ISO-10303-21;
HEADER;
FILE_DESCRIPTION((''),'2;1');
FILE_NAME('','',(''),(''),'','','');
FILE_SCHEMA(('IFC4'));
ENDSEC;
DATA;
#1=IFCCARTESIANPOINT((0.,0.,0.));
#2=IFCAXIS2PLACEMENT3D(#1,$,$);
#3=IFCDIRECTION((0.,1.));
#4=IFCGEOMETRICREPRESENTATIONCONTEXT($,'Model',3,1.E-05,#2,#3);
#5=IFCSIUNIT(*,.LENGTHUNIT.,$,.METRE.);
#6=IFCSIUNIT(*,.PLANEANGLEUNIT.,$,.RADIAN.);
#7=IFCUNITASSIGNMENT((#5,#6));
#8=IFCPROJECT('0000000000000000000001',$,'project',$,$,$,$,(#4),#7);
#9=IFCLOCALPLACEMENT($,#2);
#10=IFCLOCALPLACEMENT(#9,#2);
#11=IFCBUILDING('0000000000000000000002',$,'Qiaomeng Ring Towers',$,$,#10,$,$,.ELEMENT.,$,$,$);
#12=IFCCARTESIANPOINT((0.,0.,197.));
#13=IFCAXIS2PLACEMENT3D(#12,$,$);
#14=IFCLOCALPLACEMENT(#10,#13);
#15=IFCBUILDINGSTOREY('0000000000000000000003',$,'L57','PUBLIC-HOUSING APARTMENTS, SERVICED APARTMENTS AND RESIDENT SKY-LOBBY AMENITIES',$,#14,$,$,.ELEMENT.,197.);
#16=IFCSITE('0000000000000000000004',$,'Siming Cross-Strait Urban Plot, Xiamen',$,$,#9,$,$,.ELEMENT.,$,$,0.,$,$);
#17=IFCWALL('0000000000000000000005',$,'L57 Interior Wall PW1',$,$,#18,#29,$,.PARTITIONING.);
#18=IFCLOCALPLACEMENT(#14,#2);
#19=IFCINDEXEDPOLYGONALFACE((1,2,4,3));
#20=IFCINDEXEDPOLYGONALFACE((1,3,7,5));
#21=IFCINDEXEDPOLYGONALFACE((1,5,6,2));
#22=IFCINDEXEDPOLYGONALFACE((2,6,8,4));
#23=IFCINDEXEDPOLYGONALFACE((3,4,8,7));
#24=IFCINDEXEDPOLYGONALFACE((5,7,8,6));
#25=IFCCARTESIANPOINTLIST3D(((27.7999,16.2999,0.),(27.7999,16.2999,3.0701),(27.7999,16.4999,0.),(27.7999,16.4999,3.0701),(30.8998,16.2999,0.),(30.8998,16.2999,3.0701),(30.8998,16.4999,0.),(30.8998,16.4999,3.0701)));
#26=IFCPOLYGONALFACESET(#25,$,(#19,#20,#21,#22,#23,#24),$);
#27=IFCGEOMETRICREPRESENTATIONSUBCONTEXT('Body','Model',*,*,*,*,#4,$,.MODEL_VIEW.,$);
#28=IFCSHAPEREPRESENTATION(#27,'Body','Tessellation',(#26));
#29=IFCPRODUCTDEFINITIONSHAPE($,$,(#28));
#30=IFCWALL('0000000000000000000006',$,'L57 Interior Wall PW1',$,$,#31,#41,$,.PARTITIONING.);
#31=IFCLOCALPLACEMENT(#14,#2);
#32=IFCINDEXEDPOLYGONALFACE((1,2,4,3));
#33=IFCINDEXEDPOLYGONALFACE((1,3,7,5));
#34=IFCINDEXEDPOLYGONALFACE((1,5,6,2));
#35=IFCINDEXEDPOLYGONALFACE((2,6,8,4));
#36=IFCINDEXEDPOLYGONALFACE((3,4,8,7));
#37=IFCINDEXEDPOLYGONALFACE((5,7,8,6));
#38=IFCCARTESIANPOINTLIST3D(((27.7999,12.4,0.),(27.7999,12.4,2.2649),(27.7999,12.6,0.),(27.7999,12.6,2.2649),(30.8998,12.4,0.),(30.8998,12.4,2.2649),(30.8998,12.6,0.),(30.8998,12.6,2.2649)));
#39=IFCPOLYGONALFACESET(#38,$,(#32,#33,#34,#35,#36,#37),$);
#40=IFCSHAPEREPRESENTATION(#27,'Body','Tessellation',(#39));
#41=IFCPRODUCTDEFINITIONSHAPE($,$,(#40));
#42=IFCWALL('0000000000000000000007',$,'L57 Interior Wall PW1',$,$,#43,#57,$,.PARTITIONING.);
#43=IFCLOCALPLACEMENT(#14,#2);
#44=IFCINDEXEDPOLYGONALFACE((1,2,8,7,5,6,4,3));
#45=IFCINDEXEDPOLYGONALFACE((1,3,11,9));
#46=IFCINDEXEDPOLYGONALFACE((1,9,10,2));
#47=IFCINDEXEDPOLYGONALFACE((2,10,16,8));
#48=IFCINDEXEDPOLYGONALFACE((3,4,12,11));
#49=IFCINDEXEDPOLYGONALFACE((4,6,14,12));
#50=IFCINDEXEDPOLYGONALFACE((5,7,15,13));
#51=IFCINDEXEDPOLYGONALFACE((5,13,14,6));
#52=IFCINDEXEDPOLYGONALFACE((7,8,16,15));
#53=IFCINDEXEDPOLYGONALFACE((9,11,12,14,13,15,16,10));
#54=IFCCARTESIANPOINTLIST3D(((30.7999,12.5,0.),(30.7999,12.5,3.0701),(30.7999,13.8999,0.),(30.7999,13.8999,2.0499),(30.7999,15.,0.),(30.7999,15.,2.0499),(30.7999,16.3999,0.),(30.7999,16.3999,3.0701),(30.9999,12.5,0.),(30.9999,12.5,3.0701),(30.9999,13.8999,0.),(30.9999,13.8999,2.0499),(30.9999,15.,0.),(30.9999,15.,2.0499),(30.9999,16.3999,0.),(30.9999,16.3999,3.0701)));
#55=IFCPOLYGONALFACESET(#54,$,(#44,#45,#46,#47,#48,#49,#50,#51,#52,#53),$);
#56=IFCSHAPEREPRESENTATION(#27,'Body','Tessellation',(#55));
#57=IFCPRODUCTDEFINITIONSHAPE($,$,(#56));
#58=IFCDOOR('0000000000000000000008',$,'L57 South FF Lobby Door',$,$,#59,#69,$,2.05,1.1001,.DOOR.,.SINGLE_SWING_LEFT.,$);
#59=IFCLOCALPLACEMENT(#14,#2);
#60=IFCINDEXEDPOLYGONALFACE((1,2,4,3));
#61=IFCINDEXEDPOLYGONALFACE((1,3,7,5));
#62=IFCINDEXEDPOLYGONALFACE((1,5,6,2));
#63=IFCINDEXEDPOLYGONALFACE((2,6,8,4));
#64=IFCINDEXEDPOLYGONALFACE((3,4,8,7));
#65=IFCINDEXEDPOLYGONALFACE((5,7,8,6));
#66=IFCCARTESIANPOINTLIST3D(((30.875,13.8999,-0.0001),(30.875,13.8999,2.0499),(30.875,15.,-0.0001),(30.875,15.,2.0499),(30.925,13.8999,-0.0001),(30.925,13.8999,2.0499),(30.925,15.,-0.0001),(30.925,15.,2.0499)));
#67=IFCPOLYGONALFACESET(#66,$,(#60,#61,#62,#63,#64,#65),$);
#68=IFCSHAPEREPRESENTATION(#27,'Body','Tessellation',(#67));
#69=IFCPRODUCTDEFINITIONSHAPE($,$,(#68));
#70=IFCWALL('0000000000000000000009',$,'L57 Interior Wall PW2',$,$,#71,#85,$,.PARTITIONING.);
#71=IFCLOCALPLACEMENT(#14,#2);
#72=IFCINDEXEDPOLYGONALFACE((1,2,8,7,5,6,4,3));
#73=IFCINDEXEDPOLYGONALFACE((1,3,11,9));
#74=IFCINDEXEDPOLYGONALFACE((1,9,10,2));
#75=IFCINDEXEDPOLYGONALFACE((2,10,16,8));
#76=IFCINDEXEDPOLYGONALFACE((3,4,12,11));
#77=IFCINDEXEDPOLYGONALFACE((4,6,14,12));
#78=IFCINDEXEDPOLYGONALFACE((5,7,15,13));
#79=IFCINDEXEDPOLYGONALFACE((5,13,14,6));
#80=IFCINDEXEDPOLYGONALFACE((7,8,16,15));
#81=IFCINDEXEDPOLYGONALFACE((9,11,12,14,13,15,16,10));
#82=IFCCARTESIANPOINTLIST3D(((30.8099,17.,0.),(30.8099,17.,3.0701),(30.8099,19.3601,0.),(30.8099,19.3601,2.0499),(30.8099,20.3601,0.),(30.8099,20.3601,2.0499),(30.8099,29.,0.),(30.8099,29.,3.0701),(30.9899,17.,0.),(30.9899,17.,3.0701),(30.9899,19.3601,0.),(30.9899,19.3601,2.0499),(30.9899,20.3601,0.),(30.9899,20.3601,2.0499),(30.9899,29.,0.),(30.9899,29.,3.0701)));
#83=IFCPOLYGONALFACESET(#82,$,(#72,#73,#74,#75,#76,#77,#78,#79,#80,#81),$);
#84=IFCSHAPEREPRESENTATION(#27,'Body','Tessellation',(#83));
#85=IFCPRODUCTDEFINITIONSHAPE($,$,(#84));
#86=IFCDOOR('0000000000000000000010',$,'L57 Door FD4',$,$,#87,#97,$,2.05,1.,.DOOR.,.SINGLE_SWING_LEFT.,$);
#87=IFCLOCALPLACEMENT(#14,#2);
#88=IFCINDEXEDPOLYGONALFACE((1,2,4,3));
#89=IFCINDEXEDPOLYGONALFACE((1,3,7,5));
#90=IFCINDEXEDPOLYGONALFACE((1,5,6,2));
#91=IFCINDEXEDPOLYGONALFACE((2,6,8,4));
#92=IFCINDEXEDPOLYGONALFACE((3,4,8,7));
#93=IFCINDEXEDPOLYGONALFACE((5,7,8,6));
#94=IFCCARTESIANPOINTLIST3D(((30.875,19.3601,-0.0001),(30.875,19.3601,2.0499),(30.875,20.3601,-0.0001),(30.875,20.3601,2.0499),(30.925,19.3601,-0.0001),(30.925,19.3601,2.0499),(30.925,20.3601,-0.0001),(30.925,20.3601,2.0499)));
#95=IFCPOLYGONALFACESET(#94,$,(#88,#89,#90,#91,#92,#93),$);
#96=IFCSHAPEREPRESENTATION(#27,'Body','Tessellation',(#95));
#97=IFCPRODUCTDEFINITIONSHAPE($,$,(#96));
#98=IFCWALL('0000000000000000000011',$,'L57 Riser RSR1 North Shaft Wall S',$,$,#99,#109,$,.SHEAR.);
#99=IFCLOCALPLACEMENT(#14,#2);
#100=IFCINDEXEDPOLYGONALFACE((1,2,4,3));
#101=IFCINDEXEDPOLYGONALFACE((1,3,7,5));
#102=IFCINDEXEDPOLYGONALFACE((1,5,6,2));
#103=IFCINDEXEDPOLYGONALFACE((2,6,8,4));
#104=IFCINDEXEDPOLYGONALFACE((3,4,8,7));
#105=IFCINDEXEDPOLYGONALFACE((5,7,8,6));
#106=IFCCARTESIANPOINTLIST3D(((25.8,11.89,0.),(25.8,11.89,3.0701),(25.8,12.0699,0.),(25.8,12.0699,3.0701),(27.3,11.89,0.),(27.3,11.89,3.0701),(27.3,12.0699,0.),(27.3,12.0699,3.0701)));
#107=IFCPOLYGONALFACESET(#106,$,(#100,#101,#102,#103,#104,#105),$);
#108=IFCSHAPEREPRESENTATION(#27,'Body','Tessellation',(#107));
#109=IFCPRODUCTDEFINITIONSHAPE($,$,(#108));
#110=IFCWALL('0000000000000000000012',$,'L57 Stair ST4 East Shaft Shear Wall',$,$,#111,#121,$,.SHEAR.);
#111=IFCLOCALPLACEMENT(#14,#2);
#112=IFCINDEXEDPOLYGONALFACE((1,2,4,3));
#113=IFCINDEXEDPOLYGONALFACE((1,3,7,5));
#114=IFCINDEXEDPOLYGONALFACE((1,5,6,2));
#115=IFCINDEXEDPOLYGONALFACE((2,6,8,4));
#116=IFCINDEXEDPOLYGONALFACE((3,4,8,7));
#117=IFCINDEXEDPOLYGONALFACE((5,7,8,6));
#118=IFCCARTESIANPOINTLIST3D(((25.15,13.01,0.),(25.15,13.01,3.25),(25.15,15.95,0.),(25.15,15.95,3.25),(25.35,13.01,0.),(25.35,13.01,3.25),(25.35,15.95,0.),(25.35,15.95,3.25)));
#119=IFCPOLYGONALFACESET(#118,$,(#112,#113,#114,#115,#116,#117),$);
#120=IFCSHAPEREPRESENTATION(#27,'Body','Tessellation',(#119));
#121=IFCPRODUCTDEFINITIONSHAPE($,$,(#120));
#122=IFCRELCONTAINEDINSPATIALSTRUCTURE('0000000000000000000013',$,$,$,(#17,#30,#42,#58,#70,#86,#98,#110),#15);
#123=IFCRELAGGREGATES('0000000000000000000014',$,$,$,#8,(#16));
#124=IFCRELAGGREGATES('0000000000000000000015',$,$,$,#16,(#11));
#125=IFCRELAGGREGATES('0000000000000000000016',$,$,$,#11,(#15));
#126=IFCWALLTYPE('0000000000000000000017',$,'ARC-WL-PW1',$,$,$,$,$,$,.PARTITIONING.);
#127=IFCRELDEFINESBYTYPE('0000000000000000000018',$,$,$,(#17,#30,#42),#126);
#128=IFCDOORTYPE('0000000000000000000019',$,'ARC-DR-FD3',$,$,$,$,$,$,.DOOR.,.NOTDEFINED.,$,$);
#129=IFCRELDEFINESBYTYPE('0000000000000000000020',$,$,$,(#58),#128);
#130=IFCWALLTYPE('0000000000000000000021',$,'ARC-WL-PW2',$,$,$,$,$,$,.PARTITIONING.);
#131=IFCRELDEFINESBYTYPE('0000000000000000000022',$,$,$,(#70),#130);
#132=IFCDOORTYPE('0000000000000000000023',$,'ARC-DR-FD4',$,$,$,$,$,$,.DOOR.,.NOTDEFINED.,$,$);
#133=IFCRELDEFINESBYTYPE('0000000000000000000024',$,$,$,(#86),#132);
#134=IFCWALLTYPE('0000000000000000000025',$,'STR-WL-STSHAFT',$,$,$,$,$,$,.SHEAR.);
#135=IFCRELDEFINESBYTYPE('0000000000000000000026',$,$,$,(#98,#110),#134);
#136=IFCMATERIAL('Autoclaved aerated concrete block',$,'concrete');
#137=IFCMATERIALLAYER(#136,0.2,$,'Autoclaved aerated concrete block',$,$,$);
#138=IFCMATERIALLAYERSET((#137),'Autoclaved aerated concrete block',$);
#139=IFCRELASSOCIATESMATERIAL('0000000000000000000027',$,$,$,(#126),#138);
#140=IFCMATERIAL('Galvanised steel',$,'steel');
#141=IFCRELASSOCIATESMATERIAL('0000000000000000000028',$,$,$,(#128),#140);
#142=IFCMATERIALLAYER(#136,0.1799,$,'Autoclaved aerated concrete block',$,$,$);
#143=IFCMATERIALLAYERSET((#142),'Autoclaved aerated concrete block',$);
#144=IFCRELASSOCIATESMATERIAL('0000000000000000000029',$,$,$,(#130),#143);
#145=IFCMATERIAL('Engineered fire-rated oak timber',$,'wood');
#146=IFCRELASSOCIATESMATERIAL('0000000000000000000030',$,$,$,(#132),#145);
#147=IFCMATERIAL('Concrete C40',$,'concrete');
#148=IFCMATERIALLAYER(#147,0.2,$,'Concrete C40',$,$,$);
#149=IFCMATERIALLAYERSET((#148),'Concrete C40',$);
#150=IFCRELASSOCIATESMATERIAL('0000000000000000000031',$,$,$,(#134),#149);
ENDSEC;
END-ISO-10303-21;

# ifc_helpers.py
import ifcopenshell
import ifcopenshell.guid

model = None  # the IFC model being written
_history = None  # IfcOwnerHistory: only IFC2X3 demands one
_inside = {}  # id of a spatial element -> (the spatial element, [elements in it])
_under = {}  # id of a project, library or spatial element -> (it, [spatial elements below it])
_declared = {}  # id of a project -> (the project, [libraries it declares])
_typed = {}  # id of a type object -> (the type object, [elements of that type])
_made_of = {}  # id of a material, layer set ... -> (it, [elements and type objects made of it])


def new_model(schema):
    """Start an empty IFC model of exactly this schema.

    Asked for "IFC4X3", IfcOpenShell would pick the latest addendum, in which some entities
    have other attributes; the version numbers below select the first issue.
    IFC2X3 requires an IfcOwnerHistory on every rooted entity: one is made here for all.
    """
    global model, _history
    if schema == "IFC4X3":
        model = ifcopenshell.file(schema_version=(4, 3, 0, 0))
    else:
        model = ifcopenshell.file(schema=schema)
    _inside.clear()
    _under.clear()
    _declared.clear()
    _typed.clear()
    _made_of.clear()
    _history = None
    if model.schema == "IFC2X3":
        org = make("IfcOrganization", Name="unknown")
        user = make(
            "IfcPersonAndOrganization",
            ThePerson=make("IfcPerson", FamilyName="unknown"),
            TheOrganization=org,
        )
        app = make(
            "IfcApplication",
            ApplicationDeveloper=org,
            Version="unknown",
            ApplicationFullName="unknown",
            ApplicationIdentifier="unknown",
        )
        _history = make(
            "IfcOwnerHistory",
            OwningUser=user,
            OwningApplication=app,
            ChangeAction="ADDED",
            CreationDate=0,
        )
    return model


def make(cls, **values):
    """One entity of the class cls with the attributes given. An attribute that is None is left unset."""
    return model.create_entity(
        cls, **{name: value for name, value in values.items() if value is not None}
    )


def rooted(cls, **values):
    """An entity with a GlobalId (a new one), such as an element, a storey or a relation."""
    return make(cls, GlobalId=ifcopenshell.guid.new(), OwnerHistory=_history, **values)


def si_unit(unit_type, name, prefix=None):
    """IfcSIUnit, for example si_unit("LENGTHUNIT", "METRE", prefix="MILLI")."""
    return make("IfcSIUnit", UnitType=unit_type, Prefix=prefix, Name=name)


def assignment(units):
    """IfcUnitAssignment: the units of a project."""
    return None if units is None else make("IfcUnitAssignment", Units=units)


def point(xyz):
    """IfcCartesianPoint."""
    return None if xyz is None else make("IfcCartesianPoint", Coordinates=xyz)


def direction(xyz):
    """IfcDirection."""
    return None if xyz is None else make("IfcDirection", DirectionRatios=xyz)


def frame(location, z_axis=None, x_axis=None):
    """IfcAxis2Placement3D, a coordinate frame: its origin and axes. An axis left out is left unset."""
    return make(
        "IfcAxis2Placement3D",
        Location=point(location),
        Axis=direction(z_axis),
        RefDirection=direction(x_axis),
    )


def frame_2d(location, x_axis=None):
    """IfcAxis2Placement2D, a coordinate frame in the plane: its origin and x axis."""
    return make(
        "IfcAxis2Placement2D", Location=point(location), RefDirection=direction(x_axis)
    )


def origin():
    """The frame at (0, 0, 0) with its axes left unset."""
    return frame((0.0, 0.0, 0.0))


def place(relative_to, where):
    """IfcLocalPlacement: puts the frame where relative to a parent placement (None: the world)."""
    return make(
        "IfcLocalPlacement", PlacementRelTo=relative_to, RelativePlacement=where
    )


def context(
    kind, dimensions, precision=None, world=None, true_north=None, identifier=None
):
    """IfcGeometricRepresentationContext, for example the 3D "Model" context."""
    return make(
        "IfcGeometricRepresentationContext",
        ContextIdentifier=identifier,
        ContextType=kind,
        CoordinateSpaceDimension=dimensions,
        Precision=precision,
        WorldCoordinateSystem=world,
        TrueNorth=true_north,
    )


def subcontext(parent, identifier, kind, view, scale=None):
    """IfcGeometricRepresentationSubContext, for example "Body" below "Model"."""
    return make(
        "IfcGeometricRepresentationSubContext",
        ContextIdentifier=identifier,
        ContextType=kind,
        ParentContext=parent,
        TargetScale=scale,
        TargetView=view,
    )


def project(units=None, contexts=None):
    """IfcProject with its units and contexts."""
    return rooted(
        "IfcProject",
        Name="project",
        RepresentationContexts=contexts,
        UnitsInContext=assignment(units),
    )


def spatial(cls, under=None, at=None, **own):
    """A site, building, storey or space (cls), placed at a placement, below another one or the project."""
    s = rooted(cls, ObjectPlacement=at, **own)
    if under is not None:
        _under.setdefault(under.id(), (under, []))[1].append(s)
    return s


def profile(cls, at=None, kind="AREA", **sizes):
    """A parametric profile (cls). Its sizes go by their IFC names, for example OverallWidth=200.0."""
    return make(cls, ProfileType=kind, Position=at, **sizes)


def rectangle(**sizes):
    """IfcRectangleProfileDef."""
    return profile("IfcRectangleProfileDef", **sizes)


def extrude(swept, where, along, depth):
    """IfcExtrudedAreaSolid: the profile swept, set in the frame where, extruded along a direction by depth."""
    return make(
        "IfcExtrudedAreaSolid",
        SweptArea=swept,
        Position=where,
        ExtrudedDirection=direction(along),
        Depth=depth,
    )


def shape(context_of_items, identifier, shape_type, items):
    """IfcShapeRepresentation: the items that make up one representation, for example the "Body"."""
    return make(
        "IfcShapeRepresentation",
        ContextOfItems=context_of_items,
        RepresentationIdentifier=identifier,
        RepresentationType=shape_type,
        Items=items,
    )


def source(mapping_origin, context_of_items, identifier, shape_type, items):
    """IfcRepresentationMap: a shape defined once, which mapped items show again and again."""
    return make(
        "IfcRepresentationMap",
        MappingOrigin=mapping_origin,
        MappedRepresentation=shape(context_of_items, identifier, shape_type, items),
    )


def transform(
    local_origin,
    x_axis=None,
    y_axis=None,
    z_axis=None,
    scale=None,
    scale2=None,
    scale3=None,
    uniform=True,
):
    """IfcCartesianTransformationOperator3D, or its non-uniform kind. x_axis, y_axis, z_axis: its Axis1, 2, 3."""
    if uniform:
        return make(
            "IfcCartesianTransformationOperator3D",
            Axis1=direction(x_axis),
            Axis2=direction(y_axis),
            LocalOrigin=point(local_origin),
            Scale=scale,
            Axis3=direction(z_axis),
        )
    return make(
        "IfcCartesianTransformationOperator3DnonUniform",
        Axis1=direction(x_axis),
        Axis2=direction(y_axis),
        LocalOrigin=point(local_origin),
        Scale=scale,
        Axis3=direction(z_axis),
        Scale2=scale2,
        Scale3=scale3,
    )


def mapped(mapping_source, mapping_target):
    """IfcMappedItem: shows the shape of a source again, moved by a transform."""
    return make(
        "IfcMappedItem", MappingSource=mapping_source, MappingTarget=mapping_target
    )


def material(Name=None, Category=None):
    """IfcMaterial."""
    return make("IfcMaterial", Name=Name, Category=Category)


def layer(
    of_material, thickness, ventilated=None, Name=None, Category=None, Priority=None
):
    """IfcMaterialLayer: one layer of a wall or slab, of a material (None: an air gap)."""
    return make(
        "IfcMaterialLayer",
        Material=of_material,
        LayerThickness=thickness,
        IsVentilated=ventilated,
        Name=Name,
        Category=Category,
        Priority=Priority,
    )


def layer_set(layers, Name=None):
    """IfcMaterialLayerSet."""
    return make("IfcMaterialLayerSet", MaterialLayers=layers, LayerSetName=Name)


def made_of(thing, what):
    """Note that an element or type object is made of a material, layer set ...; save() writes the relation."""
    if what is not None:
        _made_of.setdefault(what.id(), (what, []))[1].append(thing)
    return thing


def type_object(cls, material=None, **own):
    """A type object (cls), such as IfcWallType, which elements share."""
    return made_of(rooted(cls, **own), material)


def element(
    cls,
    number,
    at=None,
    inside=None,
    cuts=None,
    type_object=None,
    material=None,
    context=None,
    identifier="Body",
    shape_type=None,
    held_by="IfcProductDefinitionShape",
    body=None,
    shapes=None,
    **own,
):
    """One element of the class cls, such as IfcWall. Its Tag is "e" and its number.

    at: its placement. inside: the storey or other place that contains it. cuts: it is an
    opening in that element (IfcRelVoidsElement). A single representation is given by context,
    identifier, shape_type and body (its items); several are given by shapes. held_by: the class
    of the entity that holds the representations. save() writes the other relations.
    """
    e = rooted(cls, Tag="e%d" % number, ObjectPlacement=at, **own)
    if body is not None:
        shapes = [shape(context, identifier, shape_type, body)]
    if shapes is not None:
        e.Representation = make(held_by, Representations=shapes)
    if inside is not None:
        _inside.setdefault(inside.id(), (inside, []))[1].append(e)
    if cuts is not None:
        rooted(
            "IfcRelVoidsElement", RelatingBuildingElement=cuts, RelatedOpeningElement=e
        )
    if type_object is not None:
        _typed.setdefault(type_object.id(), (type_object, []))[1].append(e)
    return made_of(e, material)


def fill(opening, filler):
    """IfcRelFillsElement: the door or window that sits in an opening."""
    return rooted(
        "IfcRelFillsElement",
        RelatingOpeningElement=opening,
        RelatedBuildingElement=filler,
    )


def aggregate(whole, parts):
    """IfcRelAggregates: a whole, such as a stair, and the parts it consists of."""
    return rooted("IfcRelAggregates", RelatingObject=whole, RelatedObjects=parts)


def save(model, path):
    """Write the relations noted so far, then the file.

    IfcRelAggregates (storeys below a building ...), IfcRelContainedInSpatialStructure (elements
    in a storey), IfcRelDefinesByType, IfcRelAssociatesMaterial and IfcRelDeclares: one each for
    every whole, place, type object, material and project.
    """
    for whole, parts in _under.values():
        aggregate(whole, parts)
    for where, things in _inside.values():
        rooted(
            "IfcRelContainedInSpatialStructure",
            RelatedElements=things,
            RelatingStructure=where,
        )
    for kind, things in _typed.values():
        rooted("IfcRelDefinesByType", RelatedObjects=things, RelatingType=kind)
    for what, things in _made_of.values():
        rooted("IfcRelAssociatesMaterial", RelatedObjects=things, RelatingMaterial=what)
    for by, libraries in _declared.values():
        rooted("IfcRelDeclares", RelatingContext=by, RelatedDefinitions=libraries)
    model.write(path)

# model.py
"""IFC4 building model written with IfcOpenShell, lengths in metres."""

from ifc_helpers import new_model, si_unit, direction, frame, frame_2d, origin, place, context, subcontext, project, spatial, rectangle, extrude, source, transform, mapped, material, layer, layer_set, type_object, element, fill, save


model = new_model("IFC4")

# Units and contexts
model_context = context("Model", 3, precision=1e-05, world=origin(), true_north=direction((0.0, 1.0)))
body_context = subcontext(model_context, "Body", "Model", "MODEL_VIEW")
ifc_project = project(units=[si_unit("LENGTHUNIT", "METRE"), si_unit("PLANEANGLEUNIT", "RADIAN")], contexts=[model_context])

# Site, building, storey
site_placement = place(None, origin())
site = spatial("IfcSite", under=ifc_project, at=site_placement, Name="Siming Cross-Strait Urban Plot, Xiamen", CompositionType="ELEMENT", RefElevation=0.0)
building_placement = place(site_placement, origin())
building = spatial("IfcBuilding", under=site, at=building_placement, Name="Qiaomeng Ring Towers", CompositionType="ELEMENT")
storey_placement = place(building_placement, frame((0.0, 0.0, 197.0)))
storey = spatial("IfcBuildingStorey", under=building, at=storey_placement, Name="L57", Description="PUBLIC-HOUSING APARTMENTS, SERVICED APARTMENTS AND RESIDENT SKY-LOBBY AMENITIES", CompositionType="ELEMENT", Elevation=197.0)

# Shared definitions
ifc_material_1 = material(Name="Concrete C40", Category="concrete")

# Walls
ifc_material_2 = material(Name="Autoclaved aerated concrete block", Category="concrete")
ifc_layer_1 = layer(ifc_material_2, 0.2, Name="Autoclaved aerated concrete block")
ifc_layer_set_1 = layer_set([ifc_layer_1], Name="Autoclaved aerated concrete block")
wall_type_1 = type_object("IfcWallType", Name="ARC-WL-PW1", PredefinedType="PARTITIONING", material=ifc_layer_set_1)
wall_1_placement = place(storey_placement, frame((27.8, 16.3999, 0.0), z_axis=(0.0, 0.0, 1.0), x_axis=(1.0, 0.0, 0.0)))
element("IfcWall", 1, at=wall_1_placement, inside=storey, type_object=wall_type_1, Name="L57 Interior Wall PW1", PredefinedType="PARTITIONING", context=body_context, shape_type="SweptSolid", body=[
    extrude(rectangle(XDim=3.0999, YDim=0.2, at=frame_2d((1.5498, 0.0))), origin(), (0.0, 0.0, 1.0), 3.0701),
])
wall_2_placement = place(storey_placement, frame((27.8, 12.5, 0.0), z_axis=(0.0, 0.0, 1.0), x_axis=(1.0, 0.0, 0.0)))
element("IfcWall", 2, at=wall_2_placement, inside=storey, type_object=wall_type_1, Name="L57 Interior Wall PW1", PredefinedType="PARTITIONING", context=body_context, shape_type="SweptSolid", body=[
    extrude(rectangle(XDim=3.0999, YDim=0.2, at=frame_2d((1.5498, 0.0))), origin(), (0.0, 0.0, 1.0), 2.2649),
])

# Walls, openings, doors
wall_3_placement = place(storey_placement, frame((30.8999, 12.5, 0.0), z_axis=(0.0, 0.0, 1.0), x_axis=(0.0, 1.0, 0.0)))
wall_3 = element("IfcWall", 3, at=wall_3_placement, inside=storey, type_object=wall_type_1, Name="L57 Interior Wall PW1", PredefinedType="PARTITIONING", context=body_context, shape_type="SweptSolid", body=[
    extrude(rectangle(XDim=3.8999, YDim=0.2, at=frame_2d((1.95, 0.0))), origin(), (0.0, 0.0, 1.0), 3.0701),
])
opening_1_placement = place(wall_3_placement, frame((1.3999, 0.0, 0.0)))
opening_1 = element("IfcOpeningElement", 4, at=opening_1_placement, cuts=wall_3, PredefinedType="OPENING", context=body_context, shape_type="SweptSolid", body=[
    extrude(rectangle(XDim=1.1001, YDim=2.05, at=frame_2d((0.55, 1.0249))), frame((0.0, 0.1099, 0.0), z_axis=(0.0, -1.0, 0.0), x_axis=(1.0, 0.0, 0.0)), (0.0, 0.0, 1.0), 0.22),
])
ifc_material_3 = material(Name="Galvanised steel", Category="steel")
door_type_1 = type_object("IfcDoorType", Name="ARC-DR-FD3", OperationType="NOTDEFINED", PredefinedType="DOOR", material=ifc_material_3)
shared_shape_1 = source(origin(), body_context, "Body", "SweptSolid", [
    extrude(rectangle(XDim=1.1001, YDim=2.05, at=frame_2d((0.55, 1.0249))), frame((0.0, 0.0249, 0.0), z_axis=(0.0, -1.0, 0.0), x_axis=(1.0, 0.0, 0.0)), (0.0, 0.0, 1.0), 0.05),
])
door_1_placement = place(opening_1_placement, origin())
door_1 = element("IfcDoor", 5, at=door_1_placement, inside=storey, type_object=door_type_1, Name="L57 South FF Lobby Door", OperationType="SINGLE_SWING_LEFT", OverallHeight=2.05, OverallWidth=1.1001, PredefinedType="DOOR", context=body_context, shape_type="MappedRepresentation", body=[
    mapped(shared_shape_1, transform((0.0, 0.0, 0.0), x_axis=(1.0, 0.0, 0.0), y_axis=(0.0, 1.0, 0.0), z_axis=(0.0, 0.0, 1.0), scale=1.0)),
])
fill(opening_1, door_1)
ifc_layer_2 = layer(ifc_material_2, 0.1799, Name="Autoclaved aerated concrete block")
ifc_layer_set_2 = layer_set([ifc_layer_2], Name="Autoclaved aerated concrete block")
wall_type_2 = type_object("IfcWallType", Name="ARC-WL-PW2", PredefinedType="PARTITIONING", material=ifc_layer_set_2)
wall_4_placement = place(storey_placement, frame((30.8999, 17.0, 0.0), z_axis=(0.0, 0.0, 1.0), x_axis=(0.0, 1.0, 0.0)))
wall_4 = element("IfcWall", 6, at=wall_4_placement, inside=storey, type_object=wall_type_2, Name="L57 Interior Wall PW2", PredefinedType="PARTITIONING", context=body_context, shape_type="SweptSolid", body=[
    extrude(rectangle(XDim=12.0, YDim=0.1799, at=frame_2d((6.0, 0.0))), origin(), (0.0, 0.0, 1.0), 3.0701),
])
opening_2_placement = place(wall_4_placement, frame((2.3601, 0.0, 0.0)))
opening_2 = element("IfcOpeningElement", 7, at=opening_2_placement, cuts=wall_4, PredefinedType="OPENING", context=body_context, shape_type="SweptSolid", body=[
    extrude(rectangle(XDim=1.0, YDim=2.05, at=frame_2d((0.5, 1.0249))), frame((0.0, 0.0999, 0.0), z_axis=(0.0, -1.0, 0.0), x_axis=(1.0, 0.0, 0.0)), (0.0, 0.0, 1.0), 0.2),
])
ifc_material_4 = material(Name="Engineered fire-rated oak timber", Category="wood")
door_type_2 = type_object("IfcDoorType", Name="ARC-DR-FD4", OperationType="NOTDEFINED", PredefinedType="DOOR", material=ifc_material_4)
shared_shape_2 = source(origin(), body_context, "Body", "SweptSolid", [
    extrude(rectangle(XDim=1.0, YDim=2.05, at=frame_2d((0.5, 1.0249))), frame((0.0, 0.0249, 0.0), z_axis=(0.0, -1.0, 0.0), x_axis=(1.0, 0.0, 0.0)), (0.0, 0.0, 1.0), 0.05),
])
door_2_placement = place(opening_2_placement, origin())
door_2 = element("IfcDoor", 8, at=door_2_placement, inside=storey, type_object=door_type_2, Name="L57 Door FD4", OperationType="SINGLE_SWING_LEFT", OverallHeight=2.05, OverallWidth=1.0, PredefinedType="DOOR", context=body_context, shape_type="MappedRepresentation", body=[
    mapped(shared_shape_2, transform((0.0, 0.0, 0.0), x_axis=(1.0, 0.0, 0.0), y_axis=(0.0, 1.0, 0.0), z_axis=(0.0, 0.0, 1.0), scale=1.0)),
])
fill(opening_2, door_2)

# Walls
ifc_layer_3 = layer(ifc_material_1, 0.2, Name="Concrete C40")
ifc_layer_set_3 = layer_set([ifc_layer_3], Name="Concrete C40")
wall_type_3 = type_object("IfcWallType", Name="STR-WL-STSHAFT", PredefinedType="SHEAR", material=ifc_layer_set_3)
wall_5_placement = place(storey_placement, frame((25.8, 11.98, 0.0), z_axis=(0.0, 0.0, 1.0), x_axis=(1.0, 0.0, 0.0)))
element("IfcWall", 9, at=wall_5_placement, inside=storey, type_object=wall_type_3, Name="L57 Riser RSR1 North Shaft Wall S", PredefinedType="SHEAR", context=body_context, shape_type="SweptSolid", body=[
    extrude(rectangle(XDim=1.5, YDim=0.1799, at=frame_2d((0.75, 0.0))), origin(), (0.0, 0.0, 1.0), 3.0701),
])
wall_6_placement = place(storey_placement, frame((25.25, 13.01, 0.0), z_axis=(0.0, 0.0, 1.0), x_axis=(0.0, 1.0, 0.0)))
element("IfcWall", 10, at=wall_6_placement, inside=storey, type_object=wall_type_3, Name="L57 Stair ST4 East Shaft Shear Wall", PredefinedType="SHEAR", context=body_context, shape_type="SweptSolid", body=[
    extrude(rectangle(XDim=2.9399, YDim=0.2, at=frame_2d((1.47, 0.0))), origin(), (0.0, 0.0, 1.0), 3.25),
])

save(model, "model.ifc")
